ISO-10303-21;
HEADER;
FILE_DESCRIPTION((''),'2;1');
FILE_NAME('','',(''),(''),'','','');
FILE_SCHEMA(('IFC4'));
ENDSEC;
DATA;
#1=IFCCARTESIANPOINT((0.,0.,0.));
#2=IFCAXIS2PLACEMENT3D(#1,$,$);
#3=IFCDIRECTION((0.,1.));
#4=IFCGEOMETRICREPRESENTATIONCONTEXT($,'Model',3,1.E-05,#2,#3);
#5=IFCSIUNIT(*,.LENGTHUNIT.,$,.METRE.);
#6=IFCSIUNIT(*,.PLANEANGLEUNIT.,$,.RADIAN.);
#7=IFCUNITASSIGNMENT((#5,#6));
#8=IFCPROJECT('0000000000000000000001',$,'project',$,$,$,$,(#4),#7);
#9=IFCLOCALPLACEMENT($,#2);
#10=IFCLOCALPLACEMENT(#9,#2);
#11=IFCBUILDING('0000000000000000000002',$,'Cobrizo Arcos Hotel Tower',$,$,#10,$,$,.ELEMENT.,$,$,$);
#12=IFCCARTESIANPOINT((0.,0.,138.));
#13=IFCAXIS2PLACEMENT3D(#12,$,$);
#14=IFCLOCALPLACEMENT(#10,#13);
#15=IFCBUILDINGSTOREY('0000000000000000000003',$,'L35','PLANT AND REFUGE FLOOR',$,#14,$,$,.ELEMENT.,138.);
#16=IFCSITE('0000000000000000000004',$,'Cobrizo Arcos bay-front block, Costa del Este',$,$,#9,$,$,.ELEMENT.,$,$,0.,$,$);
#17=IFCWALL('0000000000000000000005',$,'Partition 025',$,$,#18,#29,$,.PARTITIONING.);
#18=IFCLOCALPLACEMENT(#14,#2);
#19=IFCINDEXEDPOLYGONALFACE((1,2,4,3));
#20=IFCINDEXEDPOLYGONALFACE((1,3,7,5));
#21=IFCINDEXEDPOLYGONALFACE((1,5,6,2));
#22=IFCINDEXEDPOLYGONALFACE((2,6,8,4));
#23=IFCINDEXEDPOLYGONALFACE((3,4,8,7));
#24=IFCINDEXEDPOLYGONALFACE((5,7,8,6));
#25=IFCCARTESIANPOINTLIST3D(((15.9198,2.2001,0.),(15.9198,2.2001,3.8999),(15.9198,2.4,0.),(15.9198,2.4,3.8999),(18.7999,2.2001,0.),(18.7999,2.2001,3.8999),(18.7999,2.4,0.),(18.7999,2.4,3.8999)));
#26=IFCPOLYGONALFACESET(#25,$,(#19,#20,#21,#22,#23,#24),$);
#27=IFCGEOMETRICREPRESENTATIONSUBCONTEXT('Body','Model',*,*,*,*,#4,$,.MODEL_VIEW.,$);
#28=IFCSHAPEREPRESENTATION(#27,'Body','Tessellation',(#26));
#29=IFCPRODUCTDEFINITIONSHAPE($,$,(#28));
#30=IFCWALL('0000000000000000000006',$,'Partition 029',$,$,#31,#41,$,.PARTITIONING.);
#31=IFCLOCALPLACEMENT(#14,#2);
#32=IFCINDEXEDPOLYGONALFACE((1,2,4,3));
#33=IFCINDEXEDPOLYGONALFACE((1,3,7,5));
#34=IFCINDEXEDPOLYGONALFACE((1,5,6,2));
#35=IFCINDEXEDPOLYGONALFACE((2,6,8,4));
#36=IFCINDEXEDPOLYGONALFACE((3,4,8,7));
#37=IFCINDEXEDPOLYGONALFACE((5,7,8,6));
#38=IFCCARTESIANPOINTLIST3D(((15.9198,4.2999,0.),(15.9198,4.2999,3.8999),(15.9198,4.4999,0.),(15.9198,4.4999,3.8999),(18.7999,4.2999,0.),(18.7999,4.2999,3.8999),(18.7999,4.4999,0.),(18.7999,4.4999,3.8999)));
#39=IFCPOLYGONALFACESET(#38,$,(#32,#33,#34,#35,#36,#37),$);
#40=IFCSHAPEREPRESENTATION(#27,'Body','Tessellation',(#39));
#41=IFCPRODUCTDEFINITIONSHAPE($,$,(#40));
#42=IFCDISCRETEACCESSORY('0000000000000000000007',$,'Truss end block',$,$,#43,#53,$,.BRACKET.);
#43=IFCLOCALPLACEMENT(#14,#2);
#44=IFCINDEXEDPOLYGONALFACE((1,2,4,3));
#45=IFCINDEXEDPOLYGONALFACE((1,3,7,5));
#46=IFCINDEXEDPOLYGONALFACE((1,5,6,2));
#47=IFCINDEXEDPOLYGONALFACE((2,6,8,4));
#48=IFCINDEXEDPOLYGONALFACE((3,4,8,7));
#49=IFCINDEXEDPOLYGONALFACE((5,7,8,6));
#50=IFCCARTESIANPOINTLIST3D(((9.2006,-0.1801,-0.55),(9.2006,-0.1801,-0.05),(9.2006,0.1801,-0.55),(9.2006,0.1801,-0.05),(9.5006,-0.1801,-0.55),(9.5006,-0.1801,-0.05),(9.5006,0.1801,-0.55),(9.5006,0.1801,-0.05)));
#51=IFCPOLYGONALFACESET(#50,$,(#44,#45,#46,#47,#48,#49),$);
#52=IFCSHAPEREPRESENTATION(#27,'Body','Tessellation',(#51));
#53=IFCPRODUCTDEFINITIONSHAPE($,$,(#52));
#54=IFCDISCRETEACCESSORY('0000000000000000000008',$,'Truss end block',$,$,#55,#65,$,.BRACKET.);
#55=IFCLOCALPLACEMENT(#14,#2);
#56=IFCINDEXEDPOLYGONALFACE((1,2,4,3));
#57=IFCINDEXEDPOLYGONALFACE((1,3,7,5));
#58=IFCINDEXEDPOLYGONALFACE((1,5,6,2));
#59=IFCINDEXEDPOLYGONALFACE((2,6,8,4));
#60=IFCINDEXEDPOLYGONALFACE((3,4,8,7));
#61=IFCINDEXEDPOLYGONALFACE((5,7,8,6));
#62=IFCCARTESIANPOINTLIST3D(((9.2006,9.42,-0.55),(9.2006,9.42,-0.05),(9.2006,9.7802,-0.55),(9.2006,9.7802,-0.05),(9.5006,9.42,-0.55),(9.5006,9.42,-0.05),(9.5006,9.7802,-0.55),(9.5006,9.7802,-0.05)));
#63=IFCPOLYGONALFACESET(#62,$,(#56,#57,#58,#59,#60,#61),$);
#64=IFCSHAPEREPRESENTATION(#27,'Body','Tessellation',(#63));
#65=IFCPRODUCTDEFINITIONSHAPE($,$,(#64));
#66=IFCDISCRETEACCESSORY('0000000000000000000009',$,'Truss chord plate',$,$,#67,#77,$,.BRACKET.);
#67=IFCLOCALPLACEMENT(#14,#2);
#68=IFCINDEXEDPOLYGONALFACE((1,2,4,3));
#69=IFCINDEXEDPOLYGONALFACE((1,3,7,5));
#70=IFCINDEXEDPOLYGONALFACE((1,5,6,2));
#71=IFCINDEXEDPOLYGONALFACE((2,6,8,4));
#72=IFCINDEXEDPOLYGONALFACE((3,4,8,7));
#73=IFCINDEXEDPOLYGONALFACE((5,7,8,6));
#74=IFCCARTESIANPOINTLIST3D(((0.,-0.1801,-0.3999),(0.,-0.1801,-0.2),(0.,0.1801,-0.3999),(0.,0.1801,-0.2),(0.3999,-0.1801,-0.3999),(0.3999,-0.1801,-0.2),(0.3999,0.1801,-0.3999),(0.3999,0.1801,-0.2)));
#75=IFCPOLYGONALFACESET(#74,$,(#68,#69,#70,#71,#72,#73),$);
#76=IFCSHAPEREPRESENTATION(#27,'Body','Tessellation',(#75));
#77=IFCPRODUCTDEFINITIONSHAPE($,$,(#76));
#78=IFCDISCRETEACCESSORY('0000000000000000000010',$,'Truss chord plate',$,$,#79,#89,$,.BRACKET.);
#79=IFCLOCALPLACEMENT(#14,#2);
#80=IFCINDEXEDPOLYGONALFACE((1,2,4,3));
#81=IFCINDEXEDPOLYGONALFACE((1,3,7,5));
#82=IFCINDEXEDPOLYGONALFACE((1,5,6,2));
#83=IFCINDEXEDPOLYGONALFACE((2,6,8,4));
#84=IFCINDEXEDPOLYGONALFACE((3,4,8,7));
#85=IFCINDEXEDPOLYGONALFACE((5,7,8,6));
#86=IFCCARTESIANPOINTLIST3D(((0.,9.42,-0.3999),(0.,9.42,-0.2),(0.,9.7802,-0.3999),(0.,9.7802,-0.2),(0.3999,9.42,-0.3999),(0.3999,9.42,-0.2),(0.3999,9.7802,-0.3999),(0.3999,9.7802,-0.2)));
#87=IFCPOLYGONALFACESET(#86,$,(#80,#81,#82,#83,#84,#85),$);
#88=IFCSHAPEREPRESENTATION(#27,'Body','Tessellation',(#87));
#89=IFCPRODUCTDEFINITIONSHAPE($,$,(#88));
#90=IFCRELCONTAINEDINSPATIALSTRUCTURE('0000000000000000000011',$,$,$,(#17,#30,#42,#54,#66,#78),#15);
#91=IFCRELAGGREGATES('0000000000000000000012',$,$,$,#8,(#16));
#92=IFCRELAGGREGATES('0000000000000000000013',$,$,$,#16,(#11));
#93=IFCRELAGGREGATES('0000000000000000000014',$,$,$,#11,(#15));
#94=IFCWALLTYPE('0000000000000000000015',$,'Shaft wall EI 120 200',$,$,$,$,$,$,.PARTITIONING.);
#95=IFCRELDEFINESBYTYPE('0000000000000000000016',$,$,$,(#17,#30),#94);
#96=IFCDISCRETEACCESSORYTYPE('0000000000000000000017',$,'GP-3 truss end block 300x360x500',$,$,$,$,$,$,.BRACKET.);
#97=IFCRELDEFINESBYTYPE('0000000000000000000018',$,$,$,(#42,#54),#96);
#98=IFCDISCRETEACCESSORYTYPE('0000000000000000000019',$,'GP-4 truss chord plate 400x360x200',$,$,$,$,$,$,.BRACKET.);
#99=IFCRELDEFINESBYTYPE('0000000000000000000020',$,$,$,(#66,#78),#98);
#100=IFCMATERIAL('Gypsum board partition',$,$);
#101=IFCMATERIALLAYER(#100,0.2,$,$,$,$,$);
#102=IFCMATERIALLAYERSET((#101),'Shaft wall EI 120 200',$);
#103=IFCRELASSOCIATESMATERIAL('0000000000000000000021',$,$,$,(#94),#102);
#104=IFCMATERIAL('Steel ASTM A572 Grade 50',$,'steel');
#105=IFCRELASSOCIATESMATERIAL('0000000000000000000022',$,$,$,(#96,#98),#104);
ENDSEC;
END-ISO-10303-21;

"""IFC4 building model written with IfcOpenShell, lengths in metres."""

from ifc_helpers import new_model, si_unit, direction, frame, frame_2d, origin, origin_2d, place, context, subcontext, project, spatial, rectangle, extrude, material, layer, layer_set, type_object, element, save


model = new_model("IFC4")

# Units and contexts
model_context = context("Model", 3, precision=1e-05, world=origin(), true_north=direction((0.0, 1.0)))
body_context = subcontext(model_context, "Body", "Model", "MODEL_VIEW")
ifc_project = project(units=[si_unit("LENGTHUNIT", "METRE"), si_unit("PLANEANGLEUNIT", "RADIAN")], contexts=[model_context])

# Site, building, storey
site_placement = place(None, origin())
site = spatial("IfcSite", under=ifc_project, at=site_placement, Name="Cobrizo Arcos bay-front block, Costa del Este", CompositionType="ELEMENT", RefElevation=0.0)
building_placement = place(site_placement, origin())
building = spatial("IfcBuilding", under=site, at=building_placement, Name="Cobrizo Arcos Hotel Tower", CompositionType="ELEMENT")
storey_placement = place(building_placement, frame((0.0, 0.0, 138.0)))
storey = spatial("IfcBuildingStorey", under=building, at=storey_placement, Name="L35", Description="PLANT AND REFUGE FLOOR", CompositionType="ELEMENT", Elevation=138.0)

# Shared definitions
ifc_material_1 = material(Name="Gypsum board partition")

# Shared definitions
ifc_layer_1 = layer(ifc_material_1, 0.2)
ifc_layer_set_1 = layer_set([ifc_layer_1], Name="Shaft wall EI 120 200")
wall_type_1 = type_object("IfcWallType", Name="Shaft wall EI 120 200", PredefinedType="PARTITIONING", material=ifc_layer_set_1)

# Walls
for number, where, z_axis, x_axis, name in (
    (1, (15.9199, 2.3, 0.0), (0.0, 0.0, 1.0), (1.0, 0.0, 0.0), "Partition 025"),
    (2, (15.9199, 4.3999, 0.0), (0.0, 0.0, 1.0), (1.0, 0.0, 0.0), "Partition 029"),
):
    element("IfcWall", number, at=place(storey_placement, frame(where, z_axis=z_axis, x_axis=x_axis)), inside=storey, type_object=wall_type_1, Name=name, PredefinedType="PARTITIONING", context=body_context, shape_type="SweptSolid", body=[
        extrude(rectangle(XDim=2.8801, YDim=0.2, at=frame_2d((1.4399, 0.0))), origin(), (0.0, 0.0, 1.0), 3.8999),
    ])

# Discrete accessories
ifc_material_2 = material(Name="Steel ASTM A572 Grade 50", Category="steel")
discrete_accessory_type_1 = type_object("IfcDiscreteAccessoryType", Name="GP-3 truss end block 300x360x500", PredefinedType="BRACKET", material=ifc_material_2)
for number, where, z_axis, x_axis, name in (
    (3, (9.3506, 0.0, -0.55), (0.0, 0.0, 1.0), (-1.0, 0.0, 0.0), "Truss end block"),
    (4, (9.3506, 9.6001, -0.55), (0.0, 0.0, 1.0), (-1.0, 0.0, 0.0), "Truss end block"),
):
    element("IfcDiscreteAccessory", number, at=place(storey_placement, frame(where, z_axis=z_axis, x_axis=x_axis)), inside=storey, type_object=discrete_accessory_type_1, Name=name, PredefinedType="BRACKET", context=body_context, shape_type="SweptSolid", body=[
        extrude(rectangle(XDim=0.3, YDim=0.3601, at=origin_2d()), origin(), (0.0, 0.0, 1.0), 0.5),
    ])
discrete_accessory_type_2 = type_object("IfcDiscreteAccessoryType", Name="GP-4 truss chord plate 400x360x200", PredefinedType="BRACKET", material=ifc_material_2)
for number, where, z_axis, x_axis, name in (
    (5, (0.2, 0.0, -0.3999), (0.0, 0.0, 1.0), (1.0, 0.0, 0.0), "Truss chord plate"),
    (6, (0.2, 9.6001, -0.3999), (0.0, 0.0, 1.0), (1.0, 0.0, 0.0), "Truss chord plate"),
):
    element("IfcDiscreteAccessory", number, at=place(storey_placement, frame(where, z_axis=z_axis, x_axis=x_axis)), inside=storey, type_object=discrete_accessory_type_2, Name=name, PredefinedType="BRACKET", context=body_context, shape_type="SweptSolid", body=[
        extrude(rectangle(XDim=0.3999, YDim=0.3601, at=origin_2d()), origin(), (0.0, 0.0, 1.0), 0.2),
    ])

save(model, "model.ifc")
